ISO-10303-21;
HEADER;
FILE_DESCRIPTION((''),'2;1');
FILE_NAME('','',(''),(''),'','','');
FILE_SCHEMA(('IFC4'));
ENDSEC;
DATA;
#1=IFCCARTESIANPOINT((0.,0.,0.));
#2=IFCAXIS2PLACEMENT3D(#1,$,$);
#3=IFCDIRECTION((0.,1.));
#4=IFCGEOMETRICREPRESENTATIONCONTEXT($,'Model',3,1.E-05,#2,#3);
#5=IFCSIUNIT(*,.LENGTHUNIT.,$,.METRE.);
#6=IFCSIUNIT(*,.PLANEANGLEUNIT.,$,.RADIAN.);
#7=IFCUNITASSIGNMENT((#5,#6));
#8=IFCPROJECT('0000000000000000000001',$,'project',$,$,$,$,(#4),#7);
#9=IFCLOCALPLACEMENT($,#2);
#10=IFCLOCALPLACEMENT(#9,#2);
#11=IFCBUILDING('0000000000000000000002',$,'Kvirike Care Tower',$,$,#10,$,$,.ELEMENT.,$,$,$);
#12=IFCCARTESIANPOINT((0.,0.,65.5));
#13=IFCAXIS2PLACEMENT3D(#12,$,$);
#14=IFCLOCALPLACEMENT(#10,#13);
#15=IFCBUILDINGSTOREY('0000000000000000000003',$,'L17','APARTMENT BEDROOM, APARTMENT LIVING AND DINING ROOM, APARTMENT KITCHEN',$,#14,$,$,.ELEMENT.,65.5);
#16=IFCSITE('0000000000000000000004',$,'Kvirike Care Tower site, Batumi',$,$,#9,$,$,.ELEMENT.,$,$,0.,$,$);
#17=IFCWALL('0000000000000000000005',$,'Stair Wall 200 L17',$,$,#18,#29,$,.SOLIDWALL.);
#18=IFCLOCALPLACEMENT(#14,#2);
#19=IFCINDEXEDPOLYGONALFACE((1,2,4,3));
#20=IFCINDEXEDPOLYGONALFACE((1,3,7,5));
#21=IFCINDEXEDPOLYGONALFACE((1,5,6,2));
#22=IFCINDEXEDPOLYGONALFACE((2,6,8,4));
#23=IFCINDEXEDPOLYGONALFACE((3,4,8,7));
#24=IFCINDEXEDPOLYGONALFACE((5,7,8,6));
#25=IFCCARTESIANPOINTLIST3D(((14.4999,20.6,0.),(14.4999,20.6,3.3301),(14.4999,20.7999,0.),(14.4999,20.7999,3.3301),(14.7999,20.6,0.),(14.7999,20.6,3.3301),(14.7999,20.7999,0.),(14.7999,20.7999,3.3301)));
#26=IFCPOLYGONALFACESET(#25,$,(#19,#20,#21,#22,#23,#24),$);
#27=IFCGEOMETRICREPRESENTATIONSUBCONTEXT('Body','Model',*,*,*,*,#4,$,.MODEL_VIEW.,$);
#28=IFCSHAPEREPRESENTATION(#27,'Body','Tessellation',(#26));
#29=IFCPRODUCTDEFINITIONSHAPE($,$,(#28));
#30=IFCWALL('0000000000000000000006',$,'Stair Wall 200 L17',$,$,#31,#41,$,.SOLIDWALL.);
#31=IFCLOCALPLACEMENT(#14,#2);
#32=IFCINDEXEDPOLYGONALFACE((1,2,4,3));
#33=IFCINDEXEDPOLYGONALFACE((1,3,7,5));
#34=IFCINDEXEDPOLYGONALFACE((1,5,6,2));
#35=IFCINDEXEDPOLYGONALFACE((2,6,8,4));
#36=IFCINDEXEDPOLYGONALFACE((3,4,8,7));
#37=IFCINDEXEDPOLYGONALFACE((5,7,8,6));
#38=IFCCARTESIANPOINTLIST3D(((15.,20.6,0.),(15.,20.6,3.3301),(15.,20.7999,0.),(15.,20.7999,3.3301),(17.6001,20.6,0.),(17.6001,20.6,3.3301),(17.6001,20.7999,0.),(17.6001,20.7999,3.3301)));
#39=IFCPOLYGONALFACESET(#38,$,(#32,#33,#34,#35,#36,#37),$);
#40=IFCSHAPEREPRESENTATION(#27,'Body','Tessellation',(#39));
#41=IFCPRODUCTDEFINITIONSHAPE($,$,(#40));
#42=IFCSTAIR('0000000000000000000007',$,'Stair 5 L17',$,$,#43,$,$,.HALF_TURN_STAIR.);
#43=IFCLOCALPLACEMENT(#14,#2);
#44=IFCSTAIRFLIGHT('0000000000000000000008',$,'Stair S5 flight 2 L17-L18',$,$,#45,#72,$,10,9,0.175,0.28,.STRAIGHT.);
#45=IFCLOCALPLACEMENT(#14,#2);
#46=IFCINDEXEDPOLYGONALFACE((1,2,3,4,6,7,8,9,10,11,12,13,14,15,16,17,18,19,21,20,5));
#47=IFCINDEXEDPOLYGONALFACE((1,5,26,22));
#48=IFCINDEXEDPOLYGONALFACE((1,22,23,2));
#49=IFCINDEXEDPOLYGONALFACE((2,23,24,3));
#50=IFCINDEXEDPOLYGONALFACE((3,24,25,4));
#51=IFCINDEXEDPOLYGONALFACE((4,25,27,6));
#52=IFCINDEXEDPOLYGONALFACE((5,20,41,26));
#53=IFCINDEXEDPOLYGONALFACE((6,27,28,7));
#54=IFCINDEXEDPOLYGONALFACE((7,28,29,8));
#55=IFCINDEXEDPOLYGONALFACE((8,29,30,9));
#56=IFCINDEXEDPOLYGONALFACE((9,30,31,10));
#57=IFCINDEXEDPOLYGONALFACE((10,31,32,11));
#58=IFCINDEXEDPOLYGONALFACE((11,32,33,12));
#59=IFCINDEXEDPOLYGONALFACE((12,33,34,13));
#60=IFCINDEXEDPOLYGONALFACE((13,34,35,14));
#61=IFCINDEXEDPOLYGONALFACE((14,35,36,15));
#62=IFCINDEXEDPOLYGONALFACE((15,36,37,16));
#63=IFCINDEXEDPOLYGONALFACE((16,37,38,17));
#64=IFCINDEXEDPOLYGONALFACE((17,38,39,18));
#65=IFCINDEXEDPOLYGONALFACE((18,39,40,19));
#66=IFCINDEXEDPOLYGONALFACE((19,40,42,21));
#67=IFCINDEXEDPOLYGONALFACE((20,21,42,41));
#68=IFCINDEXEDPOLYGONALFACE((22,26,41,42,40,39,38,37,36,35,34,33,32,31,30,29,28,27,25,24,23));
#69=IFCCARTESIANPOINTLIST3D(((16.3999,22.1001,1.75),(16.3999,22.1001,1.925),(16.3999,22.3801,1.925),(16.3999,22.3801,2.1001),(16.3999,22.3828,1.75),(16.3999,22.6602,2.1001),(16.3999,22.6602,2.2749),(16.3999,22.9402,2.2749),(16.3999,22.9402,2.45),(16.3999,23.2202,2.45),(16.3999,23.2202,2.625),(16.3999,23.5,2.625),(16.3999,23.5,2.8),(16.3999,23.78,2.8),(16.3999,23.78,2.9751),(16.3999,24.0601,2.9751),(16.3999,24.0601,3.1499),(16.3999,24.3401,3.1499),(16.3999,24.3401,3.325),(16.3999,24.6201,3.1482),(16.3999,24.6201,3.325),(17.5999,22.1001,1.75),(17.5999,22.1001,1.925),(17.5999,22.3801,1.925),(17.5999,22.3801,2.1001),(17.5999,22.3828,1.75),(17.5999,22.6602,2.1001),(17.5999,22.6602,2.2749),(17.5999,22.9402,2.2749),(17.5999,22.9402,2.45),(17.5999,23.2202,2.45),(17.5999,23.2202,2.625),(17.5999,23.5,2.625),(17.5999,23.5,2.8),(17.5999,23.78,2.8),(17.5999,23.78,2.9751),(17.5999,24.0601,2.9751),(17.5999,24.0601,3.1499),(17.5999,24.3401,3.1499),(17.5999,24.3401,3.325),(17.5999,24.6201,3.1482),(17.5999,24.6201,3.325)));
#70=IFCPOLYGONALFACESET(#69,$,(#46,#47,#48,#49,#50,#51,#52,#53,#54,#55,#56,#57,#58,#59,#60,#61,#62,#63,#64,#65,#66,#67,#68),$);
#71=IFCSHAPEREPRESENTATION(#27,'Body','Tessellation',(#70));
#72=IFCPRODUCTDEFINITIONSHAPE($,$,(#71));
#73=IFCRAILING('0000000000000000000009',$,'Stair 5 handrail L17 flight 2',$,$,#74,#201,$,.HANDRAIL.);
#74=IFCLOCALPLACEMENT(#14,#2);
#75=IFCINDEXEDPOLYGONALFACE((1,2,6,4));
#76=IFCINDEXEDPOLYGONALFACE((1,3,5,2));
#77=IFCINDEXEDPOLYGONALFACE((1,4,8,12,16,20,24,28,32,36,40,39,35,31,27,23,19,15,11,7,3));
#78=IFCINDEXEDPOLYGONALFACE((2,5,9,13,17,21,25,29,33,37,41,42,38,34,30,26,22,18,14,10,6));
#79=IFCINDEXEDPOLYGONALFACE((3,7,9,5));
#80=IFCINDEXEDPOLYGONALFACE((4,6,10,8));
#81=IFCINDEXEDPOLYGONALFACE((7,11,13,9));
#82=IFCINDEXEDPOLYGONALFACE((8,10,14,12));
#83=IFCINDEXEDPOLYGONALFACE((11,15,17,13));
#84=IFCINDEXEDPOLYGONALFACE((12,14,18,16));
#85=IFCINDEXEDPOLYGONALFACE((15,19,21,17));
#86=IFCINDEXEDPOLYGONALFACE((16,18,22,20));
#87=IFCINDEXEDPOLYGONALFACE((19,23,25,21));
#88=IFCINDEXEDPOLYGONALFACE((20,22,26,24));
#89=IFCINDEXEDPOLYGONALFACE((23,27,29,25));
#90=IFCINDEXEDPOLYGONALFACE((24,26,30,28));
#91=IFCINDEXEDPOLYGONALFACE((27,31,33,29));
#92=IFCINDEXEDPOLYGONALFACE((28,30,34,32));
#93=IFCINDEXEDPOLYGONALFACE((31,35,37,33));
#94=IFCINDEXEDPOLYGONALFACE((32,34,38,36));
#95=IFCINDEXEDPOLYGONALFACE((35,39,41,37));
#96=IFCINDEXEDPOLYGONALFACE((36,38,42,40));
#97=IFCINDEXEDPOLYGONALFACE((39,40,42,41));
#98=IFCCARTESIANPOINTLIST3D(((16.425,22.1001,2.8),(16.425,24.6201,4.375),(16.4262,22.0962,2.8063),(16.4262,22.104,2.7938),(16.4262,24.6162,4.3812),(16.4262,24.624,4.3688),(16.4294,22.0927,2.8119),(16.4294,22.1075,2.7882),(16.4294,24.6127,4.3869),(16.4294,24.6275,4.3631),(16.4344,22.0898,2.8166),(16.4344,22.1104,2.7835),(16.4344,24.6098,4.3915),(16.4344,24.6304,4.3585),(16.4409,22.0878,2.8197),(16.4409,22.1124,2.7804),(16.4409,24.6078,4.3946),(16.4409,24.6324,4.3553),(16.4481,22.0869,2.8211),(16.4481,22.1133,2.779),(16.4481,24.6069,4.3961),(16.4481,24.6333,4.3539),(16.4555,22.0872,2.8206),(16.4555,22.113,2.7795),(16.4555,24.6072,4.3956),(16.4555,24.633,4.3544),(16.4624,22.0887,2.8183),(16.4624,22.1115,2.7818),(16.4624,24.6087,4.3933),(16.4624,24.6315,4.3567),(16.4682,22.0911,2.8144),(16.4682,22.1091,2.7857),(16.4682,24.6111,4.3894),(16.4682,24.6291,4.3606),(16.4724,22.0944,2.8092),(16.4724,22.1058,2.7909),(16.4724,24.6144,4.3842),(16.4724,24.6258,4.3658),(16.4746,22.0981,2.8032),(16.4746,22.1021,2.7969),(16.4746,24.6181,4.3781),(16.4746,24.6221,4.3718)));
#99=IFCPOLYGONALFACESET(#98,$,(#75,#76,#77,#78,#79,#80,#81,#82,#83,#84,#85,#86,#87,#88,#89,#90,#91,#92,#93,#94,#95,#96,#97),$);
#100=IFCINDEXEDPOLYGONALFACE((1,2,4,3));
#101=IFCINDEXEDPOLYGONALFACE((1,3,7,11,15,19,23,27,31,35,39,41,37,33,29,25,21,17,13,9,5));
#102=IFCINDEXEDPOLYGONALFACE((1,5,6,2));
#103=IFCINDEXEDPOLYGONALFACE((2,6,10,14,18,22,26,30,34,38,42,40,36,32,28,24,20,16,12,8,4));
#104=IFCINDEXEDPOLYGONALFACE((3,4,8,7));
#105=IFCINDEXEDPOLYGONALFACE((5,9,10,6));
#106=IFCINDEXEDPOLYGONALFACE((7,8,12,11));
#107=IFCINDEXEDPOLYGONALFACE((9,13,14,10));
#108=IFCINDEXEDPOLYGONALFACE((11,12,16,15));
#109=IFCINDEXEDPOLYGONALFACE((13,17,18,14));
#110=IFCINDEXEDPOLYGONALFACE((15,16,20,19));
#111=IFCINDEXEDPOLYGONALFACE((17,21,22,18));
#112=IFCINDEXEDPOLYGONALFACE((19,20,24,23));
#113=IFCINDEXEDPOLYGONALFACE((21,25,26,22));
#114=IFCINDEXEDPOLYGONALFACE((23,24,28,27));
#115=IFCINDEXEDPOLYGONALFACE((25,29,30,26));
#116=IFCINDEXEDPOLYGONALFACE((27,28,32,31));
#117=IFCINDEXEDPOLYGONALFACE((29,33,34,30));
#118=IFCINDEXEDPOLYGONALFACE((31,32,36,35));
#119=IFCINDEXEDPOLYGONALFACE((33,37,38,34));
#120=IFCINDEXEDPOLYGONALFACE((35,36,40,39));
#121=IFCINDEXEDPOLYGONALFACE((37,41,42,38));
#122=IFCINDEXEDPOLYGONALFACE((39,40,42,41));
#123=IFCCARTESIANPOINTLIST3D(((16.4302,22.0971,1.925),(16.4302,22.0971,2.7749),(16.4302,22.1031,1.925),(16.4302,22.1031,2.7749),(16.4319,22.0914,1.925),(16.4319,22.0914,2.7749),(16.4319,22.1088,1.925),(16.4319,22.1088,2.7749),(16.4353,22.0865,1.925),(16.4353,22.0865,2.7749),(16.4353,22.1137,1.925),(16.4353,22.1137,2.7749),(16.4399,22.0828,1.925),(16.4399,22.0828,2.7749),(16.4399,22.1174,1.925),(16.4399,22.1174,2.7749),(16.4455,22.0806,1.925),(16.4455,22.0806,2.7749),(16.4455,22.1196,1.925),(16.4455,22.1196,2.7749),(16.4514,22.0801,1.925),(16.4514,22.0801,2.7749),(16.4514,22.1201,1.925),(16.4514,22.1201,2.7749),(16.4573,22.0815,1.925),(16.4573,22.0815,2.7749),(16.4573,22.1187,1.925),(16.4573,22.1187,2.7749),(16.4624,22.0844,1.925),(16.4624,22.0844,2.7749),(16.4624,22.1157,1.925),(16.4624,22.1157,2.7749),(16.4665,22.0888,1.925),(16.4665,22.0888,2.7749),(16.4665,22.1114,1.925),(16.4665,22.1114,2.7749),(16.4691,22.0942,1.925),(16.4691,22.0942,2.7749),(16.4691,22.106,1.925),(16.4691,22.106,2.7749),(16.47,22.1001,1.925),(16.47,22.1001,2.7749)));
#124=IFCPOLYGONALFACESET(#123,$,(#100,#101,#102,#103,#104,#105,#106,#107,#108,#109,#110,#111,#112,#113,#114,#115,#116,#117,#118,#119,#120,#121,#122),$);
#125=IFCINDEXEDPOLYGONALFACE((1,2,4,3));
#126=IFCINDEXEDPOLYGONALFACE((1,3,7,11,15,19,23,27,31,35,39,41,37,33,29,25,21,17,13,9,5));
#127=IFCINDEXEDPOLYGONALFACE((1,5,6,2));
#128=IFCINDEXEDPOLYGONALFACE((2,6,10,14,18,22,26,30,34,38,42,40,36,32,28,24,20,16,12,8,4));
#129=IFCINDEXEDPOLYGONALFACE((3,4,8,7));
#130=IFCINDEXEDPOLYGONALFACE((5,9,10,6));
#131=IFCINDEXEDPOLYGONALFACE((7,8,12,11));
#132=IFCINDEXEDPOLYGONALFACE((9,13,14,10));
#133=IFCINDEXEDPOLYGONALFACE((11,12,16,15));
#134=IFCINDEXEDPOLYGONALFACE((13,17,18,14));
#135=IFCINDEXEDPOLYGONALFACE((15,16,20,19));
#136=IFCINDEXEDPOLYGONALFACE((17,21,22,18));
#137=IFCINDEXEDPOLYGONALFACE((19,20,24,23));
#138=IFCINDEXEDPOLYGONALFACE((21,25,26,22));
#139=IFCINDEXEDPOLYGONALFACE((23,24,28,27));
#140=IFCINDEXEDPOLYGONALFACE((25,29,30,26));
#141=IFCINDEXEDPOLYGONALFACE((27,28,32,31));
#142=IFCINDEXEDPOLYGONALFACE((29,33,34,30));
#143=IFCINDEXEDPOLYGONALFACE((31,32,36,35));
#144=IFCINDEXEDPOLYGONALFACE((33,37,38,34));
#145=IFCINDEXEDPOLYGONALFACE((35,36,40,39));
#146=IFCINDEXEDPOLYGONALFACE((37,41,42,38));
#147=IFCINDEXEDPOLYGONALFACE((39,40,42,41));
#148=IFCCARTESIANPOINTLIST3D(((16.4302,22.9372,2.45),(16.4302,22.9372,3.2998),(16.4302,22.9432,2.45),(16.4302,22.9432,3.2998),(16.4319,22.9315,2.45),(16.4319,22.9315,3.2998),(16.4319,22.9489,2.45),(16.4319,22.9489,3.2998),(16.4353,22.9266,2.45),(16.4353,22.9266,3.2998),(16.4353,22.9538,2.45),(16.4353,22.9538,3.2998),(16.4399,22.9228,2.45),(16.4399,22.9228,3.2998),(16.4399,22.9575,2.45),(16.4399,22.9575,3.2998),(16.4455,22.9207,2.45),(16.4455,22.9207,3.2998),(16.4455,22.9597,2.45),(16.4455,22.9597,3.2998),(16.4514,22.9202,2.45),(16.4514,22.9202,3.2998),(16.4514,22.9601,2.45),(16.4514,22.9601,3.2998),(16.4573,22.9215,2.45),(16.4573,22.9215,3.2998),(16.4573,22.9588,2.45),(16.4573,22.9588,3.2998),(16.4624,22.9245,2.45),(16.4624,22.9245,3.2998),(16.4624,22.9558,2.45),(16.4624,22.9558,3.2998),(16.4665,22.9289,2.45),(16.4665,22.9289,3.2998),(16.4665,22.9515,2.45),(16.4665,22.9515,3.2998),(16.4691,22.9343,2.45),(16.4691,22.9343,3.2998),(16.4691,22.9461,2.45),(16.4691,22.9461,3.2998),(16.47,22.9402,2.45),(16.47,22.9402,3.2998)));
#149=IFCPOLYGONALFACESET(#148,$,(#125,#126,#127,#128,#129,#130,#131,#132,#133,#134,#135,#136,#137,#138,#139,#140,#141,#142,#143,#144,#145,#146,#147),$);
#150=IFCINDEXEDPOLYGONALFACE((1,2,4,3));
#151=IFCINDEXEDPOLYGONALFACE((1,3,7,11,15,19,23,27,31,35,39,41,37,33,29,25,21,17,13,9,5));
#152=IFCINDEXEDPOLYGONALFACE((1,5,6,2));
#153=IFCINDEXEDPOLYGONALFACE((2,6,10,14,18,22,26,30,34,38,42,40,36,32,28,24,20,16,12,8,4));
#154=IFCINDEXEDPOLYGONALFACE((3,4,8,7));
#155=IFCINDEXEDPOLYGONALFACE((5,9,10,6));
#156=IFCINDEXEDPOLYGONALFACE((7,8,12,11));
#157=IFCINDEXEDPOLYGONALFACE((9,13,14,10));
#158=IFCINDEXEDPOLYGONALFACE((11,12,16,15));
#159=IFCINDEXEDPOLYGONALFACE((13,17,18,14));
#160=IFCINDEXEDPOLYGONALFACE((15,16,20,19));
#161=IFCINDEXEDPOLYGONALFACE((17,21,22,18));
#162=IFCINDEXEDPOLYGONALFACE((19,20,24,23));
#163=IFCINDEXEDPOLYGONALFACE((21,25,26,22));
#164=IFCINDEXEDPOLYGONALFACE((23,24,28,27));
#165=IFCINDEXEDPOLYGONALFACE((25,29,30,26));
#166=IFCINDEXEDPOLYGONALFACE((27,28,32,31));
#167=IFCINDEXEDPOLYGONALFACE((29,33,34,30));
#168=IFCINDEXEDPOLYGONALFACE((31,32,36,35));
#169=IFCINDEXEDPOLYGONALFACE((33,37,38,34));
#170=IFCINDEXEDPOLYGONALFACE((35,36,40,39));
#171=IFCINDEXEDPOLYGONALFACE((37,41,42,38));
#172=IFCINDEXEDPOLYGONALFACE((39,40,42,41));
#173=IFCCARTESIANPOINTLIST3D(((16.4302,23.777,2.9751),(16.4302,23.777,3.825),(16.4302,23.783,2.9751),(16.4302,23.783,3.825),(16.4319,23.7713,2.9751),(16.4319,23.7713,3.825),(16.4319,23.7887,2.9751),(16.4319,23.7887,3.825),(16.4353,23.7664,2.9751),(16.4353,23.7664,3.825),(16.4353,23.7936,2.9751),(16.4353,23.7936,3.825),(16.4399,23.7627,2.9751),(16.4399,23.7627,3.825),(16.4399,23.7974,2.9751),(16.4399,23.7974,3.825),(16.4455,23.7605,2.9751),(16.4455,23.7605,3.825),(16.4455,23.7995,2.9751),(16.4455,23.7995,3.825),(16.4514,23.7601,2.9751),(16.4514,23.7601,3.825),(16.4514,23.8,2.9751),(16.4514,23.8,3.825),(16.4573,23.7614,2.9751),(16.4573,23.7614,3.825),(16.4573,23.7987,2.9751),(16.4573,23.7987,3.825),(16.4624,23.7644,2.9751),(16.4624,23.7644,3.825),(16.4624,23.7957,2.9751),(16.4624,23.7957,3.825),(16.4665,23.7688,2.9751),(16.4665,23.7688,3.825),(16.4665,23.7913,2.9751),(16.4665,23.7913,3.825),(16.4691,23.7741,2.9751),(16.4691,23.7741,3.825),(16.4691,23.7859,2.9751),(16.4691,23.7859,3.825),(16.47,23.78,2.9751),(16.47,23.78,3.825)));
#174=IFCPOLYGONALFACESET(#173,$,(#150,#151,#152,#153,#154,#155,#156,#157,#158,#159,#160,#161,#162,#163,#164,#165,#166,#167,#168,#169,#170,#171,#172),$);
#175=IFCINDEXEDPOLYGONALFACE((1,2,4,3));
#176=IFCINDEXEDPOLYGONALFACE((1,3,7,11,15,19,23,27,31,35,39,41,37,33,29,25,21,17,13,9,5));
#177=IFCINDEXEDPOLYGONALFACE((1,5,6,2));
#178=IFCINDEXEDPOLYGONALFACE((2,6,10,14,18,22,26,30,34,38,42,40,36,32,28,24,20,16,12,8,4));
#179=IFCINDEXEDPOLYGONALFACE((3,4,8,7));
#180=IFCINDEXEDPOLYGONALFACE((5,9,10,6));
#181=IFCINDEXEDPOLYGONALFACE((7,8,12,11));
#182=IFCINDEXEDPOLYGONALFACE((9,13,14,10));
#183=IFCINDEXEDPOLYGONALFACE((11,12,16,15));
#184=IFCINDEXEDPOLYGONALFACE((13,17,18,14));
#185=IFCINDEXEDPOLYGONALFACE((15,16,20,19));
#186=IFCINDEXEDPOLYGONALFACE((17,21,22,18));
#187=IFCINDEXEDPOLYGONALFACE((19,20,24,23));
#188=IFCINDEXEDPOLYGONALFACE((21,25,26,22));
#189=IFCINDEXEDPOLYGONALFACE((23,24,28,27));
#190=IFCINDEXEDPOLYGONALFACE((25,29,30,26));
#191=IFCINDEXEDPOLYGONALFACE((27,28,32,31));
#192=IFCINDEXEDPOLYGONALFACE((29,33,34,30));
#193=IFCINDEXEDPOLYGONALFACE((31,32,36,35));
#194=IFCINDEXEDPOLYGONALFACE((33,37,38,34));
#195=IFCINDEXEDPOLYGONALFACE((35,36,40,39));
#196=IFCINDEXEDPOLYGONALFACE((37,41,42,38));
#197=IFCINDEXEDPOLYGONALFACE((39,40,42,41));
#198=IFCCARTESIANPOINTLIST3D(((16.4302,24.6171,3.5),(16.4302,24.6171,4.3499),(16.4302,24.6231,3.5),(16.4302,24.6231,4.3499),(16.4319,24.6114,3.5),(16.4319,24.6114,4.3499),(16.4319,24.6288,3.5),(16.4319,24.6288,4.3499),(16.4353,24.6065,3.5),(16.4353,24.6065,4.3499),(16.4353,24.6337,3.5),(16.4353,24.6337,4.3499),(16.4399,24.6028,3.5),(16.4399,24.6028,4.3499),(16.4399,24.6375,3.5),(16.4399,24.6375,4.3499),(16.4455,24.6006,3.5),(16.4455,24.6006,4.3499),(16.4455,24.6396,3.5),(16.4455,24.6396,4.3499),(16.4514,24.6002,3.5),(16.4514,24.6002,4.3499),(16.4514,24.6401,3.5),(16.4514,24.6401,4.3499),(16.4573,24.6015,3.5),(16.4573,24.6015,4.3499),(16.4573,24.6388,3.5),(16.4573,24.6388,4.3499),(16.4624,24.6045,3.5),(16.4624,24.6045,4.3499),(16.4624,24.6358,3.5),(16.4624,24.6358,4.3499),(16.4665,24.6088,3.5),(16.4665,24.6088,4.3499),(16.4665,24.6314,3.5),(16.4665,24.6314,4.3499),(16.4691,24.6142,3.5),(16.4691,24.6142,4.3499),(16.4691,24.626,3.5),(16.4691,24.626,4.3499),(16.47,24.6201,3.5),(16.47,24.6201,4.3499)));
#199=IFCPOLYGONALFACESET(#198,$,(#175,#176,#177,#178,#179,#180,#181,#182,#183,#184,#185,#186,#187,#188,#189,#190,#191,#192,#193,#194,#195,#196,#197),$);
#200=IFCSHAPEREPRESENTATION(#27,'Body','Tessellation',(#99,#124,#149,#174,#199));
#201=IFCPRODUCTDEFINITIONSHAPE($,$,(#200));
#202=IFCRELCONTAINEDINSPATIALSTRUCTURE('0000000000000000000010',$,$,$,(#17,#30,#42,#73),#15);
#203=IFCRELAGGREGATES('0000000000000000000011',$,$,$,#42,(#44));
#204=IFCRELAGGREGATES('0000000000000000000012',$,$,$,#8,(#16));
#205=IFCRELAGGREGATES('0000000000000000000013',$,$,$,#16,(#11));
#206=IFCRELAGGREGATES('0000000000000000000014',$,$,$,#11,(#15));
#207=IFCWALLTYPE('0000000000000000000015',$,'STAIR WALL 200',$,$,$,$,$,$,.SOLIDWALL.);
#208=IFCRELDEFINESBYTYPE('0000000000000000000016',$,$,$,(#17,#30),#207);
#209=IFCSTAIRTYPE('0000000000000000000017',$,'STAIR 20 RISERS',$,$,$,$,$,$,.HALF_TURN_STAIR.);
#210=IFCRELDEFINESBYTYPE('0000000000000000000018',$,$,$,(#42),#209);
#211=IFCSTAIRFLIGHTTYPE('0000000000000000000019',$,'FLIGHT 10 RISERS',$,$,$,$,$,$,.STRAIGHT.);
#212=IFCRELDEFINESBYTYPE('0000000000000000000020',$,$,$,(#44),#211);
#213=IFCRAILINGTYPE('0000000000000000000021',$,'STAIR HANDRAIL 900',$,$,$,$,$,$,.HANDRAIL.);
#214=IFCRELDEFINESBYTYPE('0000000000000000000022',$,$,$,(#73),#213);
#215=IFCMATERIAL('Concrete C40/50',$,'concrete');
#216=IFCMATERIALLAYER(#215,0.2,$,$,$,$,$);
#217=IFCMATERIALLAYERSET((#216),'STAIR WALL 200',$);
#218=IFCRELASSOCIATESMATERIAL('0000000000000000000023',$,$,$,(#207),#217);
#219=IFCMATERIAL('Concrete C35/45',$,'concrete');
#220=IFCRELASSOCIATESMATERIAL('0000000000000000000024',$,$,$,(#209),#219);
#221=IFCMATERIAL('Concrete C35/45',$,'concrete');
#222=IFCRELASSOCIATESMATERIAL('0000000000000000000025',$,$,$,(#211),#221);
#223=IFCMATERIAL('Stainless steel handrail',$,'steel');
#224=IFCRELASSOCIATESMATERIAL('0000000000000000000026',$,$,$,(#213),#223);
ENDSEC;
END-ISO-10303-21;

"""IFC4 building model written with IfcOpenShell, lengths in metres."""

from ifc_helpers import new_model, si_unit, direction, frame, frame_2d, origin, origin_2d, place, context, subcontext, project, spatial, polyline, rectangle, circle, outline, extrude, material, layer, layer_set, type_object, element, aggregate, save


model = new_model("IFC4")

# Units and contexts
model_context = context("Model", 3, precision=1e-05, world=origin(), true_north=direction((0.0, 1.0)))
body_context = subcontext(model_context, "Body", "Model", "MODEL_VIEW")
ifc_project = project(units=[si_unit("LENGTHUNIT", "METRE"), si_unit("PLANEANGLEUNIT", "RADIAN")], contexts=[model_context])

# Site, building, storey
site_placement = place(None, origin())
site = spatial("IfcSite", under=ifc_project, at=site_placement, Name="Kvirike Care Tower site, Batumi", CompositionType="ELEMENT", RefElevation=0.0)
building_placement = place(site_placement, origin())
building = spatial("IfcBuilding", under=site, at=building_placement, Name="Kvirike Care Tower", CompositionType="ELEMENT")
storey_placement = place(building_placement, frame((0.0, 0.0, 65.5)))
storey = spatial("IfcBuildingStorey", under=building, at=storey_placement, Name="L17", Description="APARTMENT BEDROOM, APARTMENT LIVING AND DINING ROOM, APARTMENT KITCHEN", CompositionType="ELEMENT", Elevation=65.5)

# Walls
ifc_material_1 = material(Name="Concrete C40/50", Category="concrete")
ifc_layer_1 = layer(ifc_material_1, 0.2)
ifc_layer_set_1 = layer_set([ifc_layer_1], Name="STAIR WALL 200")
wall_type_1 = type_object("IfcWallType", Name="STAIR WALL 200", PredefinedType="SOLIDWALL", material=ifc_layer_set_1)
wall_1_placement = place(storey_placement, frame((14.5, 20.7, 0.0), z_axis=(0.0, 0.0, 1.0), x_axis=(1.0, 0.0, 0.0)))
element("IfcWall", 1, at=wall_1_placement, inside=storey, type_object=wall_type_1, Name="Stair Wall 200 L17", PredefinedType="SOLIDWALL", context=body_context, shape_type="SweptSolid", body=[
    extrude(rectangle(XDim=0.3, YDim=0.2, at=frame_2d((0.1499, 0.0))), origin(), (0.0, 0.0, 1.0), 3.3301),
])
wall_2_placement = place(storey_placement, frame((15.0, 20.7, 0.0), z_axis=(0.0, 0.0, 1.0), x_axis=(1.0, 0.0, 0.0)))
element("IfcWall", 2, at=wall_2_placement, inside=storey, type_object=wall_type_1, Name="Stair Wall 200 L17", PredefinedType="SOLIDWALL", context=body_context, shape_type="SweptSolid", body=[
    extrude(rectangle(XDim=2.6001, YDim=0.2, at=frame_2d((1.3, 0.0))), origin(), (0.0, 0.0, 1.0), 3.3301),
])

# Stair, stair flight
ifc_material_2 = material(Name="Concrete C35/45", Category="concrete")
stair_type = type_object("IfcStairType", Name="STAIR 20 RISERS", PredefinedType="HALF_TURN_STAIR", material=ifc_material_2)
stair_placement = place(storey_placement, origin())
stair = element("IfcStair", 3, at=stair_placement, inside=storey, type_object=stair_type, Name="Stair 5 L17", PredefinedType="HALF_TURN_STAIR")
ifc_material_3 = material(Name="Concrete C35/45", Category="concrete")
stair_flight_type = type_object("IfcStairFlightType", Name="FLIGHT 10 RISERS", PredefinedType="STRAIGHT", material=ifc_material_3)
stair_flight_placement = place(storey_placement, frame((17.0, 22.1001, 1.75), z_axis=(0.0, 0.0, 1.0), x_axis=(0.0, 1.0, 0.0)))
stair_flight = element("IfcStairFlight", 4, at=stair_flight_placement, type_object=stair_flight_type, Name="Stair S5 flight 2 L17-L18", NumberOfRisers=10, NumberOfTreads=9, PredefinedType="STRAIGHT", RiserHeight=0.175, TreadLength=0.28, context=body_context, shape_type="SweptSolid", body=[
    extrude(outline(polyline([(0.0, 0.0), (0.0, 0.175), (0.28, 0.175), (0.28, 0.3501), (0.5601, 0.3501), (0.5601, 0.5249), (0.8401, 0.5249), (0.8401, 0.7), (1.1201, 0.7), (1.1201, 0.875), (1.3999, 0.875), (1.3999, 1.05), (1.6799, 1.05), (1.6799, 1.2251), (1.96, 1.2251), (1.96, 1.3999), (2.24, 1.3999), (2.24, 1.575), (2.52, 1.575), (2.52, 1.75), (2.52, 1.3982), (0.2827, 0.0), (0.0, 0.0)])), frame((0.0, 0.6001, 0.0), z_axis=(0.0, -1.0, 0.0), x_axis=(1.0, 0.0, 0.0)), (0.0, 0.0, 1.0), 1.2),
])
aggregate(stair, [stair_flight])

# Railing
ifc_material_4 = material(Name="Stainless steel handrail", Category="steel")
railing_type = type_object("IfcRailingType", Name="STAIR HANDRAIL 900", PredefinedType="HANDRAIL", material=ifc_material_4)
railing_placement = place(storey_placement, frame((16.45, 22.1001, 1.925)))
element("IfcRailing", 5, at=railing_placement, inside=storey, type_object=railing_type, Name="Stair 5 handrail L17 flight 2", PredefinedType="HANDRAIL", context=body_context, shape_type="SweptSolid", body=[
    extrude(circle(Radius=0.0249, at=origin_2d()), frame((0.0, 0.0, 0.875), z_axis=(0.0, 0.848008, 0.529984), x_axis=(-1.0, 0.0, 0.0)), (0.0, 0.0, 1.0), 2.9717),
    extrude(circle(Radius=0.02, at=origin_2d()), origin(), (0.0, 0.0, 1.0), 0.8499),
    extrude(circle(Radius=0.02, at=origin_2d()), frame((0.0, 0.8401, 0.5249)), (0.0, 0.0, 1.0), 0.8499),
    extrude(circle(Radius=0.02, at=origin_2d()), frame((0.0, 1.6799, 1.05)), (0.0, 0.0, 1.0), 0.8499),
    extrude(circle(Radius=0.02, at=origin_2d()), frame((0.0, 2.52, 1.575)), (0.0, 0.0, 1.0), 0.8499),
])

save(model, "model.ifc")
